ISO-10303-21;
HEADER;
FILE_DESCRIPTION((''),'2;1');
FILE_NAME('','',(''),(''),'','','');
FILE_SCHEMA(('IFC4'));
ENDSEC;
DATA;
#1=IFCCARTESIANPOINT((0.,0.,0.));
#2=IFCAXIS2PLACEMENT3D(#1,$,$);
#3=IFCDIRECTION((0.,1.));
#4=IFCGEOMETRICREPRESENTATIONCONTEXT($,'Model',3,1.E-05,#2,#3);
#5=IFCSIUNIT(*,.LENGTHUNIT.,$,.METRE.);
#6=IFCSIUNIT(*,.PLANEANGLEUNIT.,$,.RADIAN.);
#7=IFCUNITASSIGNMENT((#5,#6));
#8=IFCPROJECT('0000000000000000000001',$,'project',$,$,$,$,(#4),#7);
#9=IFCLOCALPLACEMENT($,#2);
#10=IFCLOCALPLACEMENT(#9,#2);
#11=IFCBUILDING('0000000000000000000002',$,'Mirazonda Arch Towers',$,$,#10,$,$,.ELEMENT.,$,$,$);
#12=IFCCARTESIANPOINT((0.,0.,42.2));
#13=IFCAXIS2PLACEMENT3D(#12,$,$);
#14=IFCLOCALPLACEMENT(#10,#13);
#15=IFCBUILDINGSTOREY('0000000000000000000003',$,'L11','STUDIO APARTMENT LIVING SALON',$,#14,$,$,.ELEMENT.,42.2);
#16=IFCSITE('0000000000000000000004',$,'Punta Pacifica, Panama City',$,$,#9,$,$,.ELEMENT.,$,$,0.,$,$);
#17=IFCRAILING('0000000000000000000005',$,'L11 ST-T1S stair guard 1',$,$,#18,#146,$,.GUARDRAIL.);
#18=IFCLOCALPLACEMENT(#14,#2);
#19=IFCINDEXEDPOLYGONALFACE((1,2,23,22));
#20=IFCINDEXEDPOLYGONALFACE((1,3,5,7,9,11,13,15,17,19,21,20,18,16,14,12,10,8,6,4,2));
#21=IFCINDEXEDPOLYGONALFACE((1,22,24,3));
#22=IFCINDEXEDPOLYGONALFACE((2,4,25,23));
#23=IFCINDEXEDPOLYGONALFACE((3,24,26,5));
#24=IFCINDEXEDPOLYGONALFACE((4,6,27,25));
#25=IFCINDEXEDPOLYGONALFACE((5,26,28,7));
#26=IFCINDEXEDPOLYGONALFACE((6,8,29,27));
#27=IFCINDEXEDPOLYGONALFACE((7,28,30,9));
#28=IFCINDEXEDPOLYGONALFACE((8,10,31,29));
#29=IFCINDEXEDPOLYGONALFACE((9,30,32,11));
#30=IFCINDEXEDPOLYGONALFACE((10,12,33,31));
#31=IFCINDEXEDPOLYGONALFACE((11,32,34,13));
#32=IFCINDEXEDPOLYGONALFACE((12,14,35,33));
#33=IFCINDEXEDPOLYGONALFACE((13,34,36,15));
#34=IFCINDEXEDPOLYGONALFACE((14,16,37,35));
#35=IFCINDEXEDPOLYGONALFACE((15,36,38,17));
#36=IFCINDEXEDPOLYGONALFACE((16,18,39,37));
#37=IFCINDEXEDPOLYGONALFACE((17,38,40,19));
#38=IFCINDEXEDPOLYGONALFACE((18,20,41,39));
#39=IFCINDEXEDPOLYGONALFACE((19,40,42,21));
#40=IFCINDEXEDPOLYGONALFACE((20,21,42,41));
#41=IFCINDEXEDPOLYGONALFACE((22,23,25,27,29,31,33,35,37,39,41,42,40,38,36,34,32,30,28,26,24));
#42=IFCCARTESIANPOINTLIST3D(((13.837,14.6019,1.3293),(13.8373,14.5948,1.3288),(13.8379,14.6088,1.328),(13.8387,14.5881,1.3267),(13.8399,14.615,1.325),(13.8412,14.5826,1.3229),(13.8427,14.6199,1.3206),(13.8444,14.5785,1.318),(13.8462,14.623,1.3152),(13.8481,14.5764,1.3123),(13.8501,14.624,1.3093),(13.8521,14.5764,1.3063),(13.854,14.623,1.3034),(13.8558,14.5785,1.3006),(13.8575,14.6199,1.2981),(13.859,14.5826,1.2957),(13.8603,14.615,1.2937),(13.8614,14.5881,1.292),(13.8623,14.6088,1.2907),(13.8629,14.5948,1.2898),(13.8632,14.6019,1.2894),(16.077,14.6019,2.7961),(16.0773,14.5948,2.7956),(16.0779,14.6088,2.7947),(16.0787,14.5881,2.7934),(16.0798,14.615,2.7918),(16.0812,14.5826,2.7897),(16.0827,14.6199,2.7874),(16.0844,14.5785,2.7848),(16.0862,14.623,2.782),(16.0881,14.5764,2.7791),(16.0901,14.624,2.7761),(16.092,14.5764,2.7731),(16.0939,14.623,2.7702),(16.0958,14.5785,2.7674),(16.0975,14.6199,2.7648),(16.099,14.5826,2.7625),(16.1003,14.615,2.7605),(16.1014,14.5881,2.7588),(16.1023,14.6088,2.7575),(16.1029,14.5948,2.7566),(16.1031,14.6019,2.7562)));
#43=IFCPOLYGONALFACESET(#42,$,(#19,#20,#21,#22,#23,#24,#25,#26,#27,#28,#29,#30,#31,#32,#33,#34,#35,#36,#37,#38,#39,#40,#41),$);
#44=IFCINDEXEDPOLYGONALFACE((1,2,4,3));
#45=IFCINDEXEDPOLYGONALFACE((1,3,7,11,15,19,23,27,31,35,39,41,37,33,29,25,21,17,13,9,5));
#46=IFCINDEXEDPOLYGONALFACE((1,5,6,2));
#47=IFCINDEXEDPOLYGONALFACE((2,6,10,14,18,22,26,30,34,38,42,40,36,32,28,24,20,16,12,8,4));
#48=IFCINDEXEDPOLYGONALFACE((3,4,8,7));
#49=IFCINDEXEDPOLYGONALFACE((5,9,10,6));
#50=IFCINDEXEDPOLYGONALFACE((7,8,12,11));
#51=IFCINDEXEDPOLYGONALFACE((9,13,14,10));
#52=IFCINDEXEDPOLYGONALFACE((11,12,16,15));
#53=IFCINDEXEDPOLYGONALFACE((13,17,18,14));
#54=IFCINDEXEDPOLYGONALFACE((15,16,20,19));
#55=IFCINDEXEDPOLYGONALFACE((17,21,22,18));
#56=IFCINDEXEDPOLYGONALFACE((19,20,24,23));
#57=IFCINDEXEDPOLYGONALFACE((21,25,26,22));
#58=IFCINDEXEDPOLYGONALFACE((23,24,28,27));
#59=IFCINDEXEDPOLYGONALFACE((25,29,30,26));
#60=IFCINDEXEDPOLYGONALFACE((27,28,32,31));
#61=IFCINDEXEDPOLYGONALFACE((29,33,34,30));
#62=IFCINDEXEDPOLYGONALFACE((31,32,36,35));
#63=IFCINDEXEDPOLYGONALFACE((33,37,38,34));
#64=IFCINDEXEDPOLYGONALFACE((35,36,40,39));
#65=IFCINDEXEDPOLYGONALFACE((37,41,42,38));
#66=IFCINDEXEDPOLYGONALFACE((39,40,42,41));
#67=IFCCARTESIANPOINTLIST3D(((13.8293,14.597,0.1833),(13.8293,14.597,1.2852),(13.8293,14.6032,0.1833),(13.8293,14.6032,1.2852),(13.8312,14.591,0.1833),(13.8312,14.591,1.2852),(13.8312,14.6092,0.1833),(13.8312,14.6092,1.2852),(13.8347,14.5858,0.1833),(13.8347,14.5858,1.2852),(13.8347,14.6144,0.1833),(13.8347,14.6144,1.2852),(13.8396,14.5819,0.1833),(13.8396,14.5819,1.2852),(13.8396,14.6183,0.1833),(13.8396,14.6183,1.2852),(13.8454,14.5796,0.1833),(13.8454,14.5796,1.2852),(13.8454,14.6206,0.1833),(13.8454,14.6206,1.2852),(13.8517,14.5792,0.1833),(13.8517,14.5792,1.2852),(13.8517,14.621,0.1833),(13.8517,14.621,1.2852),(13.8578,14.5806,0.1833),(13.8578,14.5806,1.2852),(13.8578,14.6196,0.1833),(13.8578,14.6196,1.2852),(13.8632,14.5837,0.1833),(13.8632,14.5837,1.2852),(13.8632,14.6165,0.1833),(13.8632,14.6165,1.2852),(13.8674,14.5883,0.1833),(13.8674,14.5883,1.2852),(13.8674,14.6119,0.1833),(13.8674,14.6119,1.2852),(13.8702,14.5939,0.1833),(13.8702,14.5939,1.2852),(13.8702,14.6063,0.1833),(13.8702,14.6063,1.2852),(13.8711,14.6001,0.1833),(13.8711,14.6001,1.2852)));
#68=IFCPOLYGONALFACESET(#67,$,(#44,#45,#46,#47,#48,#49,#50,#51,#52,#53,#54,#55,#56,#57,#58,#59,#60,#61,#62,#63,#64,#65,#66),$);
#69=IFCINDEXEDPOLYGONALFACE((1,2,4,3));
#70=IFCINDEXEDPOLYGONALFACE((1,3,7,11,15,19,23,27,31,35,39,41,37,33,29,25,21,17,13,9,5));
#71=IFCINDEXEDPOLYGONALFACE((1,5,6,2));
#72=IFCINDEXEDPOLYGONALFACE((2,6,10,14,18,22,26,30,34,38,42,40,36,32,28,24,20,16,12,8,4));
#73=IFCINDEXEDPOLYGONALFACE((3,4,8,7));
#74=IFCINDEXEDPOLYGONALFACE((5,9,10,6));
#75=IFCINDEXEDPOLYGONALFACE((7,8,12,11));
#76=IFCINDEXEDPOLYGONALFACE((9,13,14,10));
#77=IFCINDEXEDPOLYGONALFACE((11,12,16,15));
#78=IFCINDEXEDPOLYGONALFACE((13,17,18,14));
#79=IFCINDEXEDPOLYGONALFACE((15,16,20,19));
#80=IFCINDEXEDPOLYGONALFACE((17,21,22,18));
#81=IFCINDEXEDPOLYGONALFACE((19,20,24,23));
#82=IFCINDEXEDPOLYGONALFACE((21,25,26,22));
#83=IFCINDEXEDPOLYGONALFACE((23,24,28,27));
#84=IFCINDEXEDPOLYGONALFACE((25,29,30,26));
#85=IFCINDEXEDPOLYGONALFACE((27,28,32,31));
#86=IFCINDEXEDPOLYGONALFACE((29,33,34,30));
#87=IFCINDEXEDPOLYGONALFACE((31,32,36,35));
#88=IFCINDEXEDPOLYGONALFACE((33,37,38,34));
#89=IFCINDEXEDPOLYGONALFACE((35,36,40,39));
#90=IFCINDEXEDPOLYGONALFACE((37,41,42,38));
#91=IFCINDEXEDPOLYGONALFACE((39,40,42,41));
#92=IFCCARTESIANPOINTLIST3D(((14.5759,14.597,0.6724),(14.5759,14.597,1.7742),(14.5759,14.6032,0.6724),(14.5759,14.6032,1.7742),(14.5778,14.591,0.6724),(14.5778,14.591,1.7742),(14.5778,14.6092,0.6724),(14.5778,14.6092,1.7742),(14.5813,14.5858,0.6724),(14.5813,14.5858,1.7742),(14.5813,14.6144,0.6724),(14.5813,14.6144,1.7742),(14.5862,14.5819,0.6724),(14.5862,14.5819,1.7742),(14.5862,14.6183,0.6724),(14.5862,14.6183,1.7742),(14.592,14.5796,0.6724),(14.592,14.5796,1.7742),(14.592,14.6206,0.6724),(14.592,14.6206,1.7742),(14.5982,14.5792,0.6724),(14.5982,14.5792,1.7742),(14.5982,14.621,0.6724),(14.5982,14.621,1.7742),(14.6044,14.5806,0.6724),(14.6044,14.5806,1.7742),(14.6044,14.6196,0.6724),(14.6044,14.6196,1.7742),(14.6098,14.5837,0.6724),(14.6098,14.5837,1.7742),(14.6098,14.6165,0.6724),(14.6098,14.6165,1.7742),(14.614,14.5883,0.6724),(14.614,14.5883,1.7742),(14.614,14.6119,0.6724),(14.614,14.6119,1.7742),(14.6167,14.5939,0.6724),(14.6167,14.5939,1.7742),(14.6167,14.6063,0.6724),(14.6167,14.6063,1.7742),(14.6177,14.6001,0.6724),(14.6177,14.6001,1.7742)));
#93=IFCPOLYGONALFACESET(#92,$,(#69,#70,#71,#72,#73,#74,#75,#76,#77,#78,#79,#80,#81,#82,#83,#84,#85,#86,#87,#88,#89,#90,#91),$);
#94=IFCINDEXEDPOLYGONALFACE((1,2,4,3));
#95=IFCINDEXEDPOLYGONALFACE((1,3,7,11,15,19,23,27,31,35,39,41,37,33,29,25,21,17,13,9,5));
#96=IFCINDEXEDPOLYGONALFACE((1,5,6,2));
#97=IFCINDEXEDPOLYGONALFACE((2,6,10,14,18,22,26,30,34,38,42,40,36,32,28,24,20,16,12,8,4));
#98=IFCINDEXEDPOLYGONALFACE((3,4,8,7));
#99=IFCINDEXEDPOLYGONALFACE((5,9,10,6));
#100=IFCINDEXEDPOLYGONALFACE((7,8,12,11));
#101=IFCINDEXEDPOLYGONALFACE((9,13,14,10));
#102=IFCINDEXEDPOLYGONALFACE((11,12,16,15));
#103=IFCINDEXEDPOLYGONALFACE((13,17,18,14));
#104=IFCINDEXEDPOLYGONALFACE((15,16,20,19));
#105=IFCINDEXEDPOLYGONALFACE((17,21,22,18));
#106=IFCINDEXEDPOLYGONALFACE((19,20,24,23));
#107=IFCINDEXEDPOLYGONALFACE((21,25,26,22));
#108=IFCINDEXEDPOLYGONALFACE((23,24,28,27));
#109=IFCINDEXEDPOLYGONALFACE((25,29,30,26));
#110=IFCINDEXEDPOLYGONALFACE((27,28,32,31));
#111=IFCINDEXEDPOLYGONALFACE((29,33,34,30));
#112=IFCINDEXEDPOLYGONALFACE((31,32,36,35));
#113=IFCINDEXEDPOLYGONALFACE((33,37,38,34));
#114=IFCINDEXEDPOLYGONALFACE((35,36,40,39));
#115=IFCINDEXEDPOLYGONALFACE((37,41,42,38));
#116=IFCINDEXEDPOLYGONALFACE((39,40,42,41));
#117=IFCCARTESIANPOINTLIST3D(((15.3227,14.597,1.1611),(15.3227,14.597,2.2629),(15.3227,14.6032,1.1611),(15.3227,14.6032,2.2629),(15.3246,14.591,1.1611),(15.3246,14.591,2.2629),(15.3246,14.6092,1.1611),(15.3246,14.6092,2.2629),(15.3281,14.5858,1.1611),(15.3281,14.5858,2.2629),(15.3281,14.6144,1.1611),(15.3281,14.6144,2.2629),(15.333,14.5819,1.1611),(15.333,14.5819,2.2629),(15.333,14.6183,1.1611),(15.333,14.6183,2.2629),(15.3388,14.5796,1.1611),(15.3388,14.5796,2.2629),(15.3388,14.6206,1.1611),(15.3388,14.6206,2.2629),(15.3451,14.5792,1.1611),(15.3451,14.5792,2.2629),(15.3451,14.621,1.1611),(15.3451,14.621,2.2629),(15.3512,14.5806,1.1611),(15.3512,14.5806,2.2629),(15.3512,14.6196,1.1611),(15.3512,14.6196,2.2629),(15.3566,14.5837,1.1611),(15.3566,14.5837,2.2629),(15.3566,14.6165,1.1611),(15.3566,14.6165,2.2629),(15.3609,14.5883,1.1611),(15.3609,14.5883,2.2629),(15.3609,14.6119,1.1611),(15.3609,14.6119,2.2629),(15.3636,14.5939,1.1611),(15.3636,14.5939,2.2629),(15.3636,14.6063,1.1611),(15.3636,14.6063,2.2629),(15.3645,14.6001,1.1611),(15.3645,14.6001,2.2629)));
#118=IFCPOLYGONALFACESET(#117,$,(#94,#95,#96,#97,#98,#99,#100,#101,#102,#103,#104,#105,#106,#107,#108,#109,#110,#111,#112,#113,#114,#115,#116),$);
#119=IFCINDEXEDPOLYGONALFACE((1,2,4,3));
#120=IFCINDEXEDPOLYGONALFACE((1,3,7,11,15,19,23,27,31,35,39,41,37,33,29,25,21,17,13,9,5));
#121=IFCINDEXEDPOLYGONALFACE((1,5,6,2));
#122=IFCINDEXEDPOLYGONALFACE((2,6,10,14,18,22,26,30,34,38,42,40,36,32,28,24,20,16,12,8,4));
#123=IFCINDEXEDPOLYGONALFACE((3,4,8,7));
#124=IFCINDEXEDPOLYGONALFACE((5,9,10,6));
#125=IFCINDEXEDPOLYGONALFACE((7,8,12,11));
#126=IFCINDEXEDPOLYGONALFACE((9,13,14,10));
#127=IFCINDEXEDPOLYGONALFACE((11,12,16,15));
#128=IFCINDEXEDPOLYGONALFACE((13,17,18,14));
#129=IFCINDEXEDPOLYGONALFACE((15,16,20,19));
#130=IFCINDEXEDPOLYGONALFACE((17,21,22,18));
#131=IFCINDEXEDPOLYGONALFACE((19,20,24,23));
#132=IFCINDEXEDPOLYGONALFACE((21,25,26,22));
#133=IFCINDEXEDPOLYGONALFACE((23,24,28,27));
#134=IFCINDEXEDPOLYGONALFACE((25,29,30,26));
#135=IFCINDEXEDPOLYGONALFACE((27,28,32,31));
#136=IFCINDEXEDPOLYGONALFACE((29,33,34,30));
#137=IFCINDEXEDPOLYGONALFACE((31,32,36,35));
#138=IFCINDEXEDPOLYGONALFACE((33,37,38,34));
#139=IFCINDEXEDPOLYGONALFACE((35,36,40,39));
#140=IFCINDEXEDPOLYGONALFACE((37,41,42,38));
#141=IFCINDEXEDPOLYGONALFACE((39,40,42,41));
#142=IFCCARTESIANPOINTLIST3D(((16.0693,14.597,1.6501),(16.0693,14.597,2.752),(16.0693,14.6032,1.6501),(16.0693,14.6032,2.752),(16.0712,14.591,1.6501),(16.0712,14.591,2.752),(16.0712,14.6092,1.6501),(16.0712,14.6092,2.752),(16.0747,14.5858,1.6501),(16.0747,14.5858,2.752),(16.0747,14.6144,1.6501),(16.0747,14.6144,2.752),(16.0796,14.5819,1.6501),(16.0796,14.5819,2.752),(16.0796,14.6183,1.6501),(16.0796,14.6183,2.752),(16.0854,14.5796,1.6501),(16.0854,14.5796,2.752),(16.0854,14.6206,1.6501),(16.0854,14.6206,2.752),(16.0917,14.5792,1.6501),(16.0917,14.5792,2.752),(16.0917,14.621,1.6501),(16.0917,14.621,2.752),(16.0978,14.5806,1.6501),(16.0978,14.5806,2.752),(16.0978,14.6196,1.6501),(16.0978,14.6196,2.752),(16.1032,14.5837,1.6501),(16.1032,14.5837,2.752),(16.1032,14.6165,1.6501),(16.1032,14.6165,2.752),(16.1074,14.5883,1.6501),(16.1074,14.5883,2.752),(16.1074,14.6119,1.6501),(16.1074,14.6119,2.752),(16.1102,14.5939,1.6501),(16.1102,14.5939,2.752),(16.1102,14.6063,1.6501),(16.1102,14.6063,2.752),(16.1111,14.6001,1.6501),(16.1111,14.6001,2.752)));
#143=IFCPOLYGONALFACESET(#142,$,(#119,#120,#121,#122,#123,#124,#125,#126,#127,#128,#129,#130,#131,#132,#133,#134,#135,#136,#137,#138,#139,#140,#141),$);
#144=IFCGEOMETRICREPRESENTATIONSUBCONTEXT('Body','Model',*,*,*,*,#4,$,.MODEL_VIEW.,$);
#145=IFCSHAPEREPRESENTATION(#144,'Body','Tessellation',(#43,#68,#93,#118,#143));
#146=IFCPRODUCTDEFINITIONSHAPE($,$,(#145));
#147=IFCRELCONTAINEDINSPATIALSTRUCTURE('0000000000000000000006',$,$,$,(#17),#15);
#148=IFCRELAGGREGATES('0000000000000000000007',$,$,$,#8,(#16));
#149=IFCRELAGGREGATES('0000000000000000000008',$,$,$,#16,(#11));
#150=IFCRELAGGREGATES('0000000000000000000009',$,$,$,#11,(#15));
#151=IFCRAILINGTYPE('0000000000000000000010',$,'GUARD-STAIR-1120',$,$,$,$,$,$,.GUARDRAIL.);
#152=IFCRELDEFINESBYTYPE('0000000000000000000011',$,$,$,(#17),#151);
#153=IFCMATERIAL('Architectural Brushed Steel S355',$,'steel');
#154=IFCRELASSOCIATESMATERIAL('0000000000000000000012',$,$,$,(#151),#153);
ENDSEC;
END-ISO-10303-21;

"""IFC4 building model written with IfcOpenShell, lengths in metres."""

from ifc_helpers import new_model, si_unit, direction, frame, origin, origin_2d, place, context, subcontext, project, spatial, circle, extrude, material, type_object, element, save


model = new_model("IFC4")

# Units and contexts
model_context = context("Model", 3, precision=1e-05, world=origin(), true_north=direction((0.0, 1.0)))
body_context = subcontext(model_context, "Body", "Model", "MODEL_VIEW")
ifc_project = project(units=[si_unit("LENGTHUNIT", "METRE"), si_unit("PLANEANGLEUNIT", "RADIAN")], contexts=[model_context])

# Site, building, storey
site_placement = place(None, origin())
site = spatial("IfcSite", under=ifc_project, at=site_placement, Name="Punta Pacifica, Panama City", CompositionType="ELEMENT", RefElevation=0.0)
building_placement = place(site_placement, origin())
building = spatial("IfcBuilding", under=site, at=building_placement, Name="Mirazonda Arch Towers", CompositionType="ELEMENT")
storey_placement = place(building_placement, frame((0.0, 0.0, 42.2)))
storey = spatial("IfcBuildingStorey", under=building, at=storey_placement, Name="L11", Description="STUDIO APARTMENT LIVING SALON", CompositionType="ELEMENT", Elevation=42.2)

# Shared definitions
ifc_material_1 = material(Name="Architectural Brushed Steel S355", Category="steel")

# Railing
railing_type_1 = type_object("IfcRailingType", Name="GUARD-STAIR-1120", PredefinedType="GUARDRAIL", material=ifc_material_1)
railing_1_placement = place(storey_placement, frame((13.8501, 14.6001, 0.1833)))
element("IfcRailing", 1, at=railing_1_placement, inside=storey, type_object=railing_type_1, Name="L11 ST-T1S stair guard 1", PredefinedType="GUARDRAIL", context=body_context, shape_type="SweptSolid", body=[
    extrude(circle(Radius=0.0239, at=origin_2d()), frame((0.0, 0.0, 1.126), z_axis=(0.836595, 0.0, 0.547822), x_axis=(0.0, 1.0, 0.0)), (0.0, 0.0, 1.0), 2.6775),
    extrude(circle(Radius=0.021, at=origin_2d()), origin(), (0.0, 0.0, 1.0), 1.1018),
    extrude(circle(Radius=0.021, at=origin_2d()), frame((0.7466, 0.0, 0.489)), (0.0, 0.0, 1.0), 1.1018),
    extrude(circle(Radius=0.021, at=origin_2d()), frame((1.4934, 0.0, 0.9778)), (0.0, 0.0, 1.0), 1.1018),
    extrude(circle(Radius=0.021, at=origin_2d()), frame((2.24, 0.0, 1.4668)), (0.0, 0.0, 1.0), 1.1018),
])

save(model, "model.ifc")
